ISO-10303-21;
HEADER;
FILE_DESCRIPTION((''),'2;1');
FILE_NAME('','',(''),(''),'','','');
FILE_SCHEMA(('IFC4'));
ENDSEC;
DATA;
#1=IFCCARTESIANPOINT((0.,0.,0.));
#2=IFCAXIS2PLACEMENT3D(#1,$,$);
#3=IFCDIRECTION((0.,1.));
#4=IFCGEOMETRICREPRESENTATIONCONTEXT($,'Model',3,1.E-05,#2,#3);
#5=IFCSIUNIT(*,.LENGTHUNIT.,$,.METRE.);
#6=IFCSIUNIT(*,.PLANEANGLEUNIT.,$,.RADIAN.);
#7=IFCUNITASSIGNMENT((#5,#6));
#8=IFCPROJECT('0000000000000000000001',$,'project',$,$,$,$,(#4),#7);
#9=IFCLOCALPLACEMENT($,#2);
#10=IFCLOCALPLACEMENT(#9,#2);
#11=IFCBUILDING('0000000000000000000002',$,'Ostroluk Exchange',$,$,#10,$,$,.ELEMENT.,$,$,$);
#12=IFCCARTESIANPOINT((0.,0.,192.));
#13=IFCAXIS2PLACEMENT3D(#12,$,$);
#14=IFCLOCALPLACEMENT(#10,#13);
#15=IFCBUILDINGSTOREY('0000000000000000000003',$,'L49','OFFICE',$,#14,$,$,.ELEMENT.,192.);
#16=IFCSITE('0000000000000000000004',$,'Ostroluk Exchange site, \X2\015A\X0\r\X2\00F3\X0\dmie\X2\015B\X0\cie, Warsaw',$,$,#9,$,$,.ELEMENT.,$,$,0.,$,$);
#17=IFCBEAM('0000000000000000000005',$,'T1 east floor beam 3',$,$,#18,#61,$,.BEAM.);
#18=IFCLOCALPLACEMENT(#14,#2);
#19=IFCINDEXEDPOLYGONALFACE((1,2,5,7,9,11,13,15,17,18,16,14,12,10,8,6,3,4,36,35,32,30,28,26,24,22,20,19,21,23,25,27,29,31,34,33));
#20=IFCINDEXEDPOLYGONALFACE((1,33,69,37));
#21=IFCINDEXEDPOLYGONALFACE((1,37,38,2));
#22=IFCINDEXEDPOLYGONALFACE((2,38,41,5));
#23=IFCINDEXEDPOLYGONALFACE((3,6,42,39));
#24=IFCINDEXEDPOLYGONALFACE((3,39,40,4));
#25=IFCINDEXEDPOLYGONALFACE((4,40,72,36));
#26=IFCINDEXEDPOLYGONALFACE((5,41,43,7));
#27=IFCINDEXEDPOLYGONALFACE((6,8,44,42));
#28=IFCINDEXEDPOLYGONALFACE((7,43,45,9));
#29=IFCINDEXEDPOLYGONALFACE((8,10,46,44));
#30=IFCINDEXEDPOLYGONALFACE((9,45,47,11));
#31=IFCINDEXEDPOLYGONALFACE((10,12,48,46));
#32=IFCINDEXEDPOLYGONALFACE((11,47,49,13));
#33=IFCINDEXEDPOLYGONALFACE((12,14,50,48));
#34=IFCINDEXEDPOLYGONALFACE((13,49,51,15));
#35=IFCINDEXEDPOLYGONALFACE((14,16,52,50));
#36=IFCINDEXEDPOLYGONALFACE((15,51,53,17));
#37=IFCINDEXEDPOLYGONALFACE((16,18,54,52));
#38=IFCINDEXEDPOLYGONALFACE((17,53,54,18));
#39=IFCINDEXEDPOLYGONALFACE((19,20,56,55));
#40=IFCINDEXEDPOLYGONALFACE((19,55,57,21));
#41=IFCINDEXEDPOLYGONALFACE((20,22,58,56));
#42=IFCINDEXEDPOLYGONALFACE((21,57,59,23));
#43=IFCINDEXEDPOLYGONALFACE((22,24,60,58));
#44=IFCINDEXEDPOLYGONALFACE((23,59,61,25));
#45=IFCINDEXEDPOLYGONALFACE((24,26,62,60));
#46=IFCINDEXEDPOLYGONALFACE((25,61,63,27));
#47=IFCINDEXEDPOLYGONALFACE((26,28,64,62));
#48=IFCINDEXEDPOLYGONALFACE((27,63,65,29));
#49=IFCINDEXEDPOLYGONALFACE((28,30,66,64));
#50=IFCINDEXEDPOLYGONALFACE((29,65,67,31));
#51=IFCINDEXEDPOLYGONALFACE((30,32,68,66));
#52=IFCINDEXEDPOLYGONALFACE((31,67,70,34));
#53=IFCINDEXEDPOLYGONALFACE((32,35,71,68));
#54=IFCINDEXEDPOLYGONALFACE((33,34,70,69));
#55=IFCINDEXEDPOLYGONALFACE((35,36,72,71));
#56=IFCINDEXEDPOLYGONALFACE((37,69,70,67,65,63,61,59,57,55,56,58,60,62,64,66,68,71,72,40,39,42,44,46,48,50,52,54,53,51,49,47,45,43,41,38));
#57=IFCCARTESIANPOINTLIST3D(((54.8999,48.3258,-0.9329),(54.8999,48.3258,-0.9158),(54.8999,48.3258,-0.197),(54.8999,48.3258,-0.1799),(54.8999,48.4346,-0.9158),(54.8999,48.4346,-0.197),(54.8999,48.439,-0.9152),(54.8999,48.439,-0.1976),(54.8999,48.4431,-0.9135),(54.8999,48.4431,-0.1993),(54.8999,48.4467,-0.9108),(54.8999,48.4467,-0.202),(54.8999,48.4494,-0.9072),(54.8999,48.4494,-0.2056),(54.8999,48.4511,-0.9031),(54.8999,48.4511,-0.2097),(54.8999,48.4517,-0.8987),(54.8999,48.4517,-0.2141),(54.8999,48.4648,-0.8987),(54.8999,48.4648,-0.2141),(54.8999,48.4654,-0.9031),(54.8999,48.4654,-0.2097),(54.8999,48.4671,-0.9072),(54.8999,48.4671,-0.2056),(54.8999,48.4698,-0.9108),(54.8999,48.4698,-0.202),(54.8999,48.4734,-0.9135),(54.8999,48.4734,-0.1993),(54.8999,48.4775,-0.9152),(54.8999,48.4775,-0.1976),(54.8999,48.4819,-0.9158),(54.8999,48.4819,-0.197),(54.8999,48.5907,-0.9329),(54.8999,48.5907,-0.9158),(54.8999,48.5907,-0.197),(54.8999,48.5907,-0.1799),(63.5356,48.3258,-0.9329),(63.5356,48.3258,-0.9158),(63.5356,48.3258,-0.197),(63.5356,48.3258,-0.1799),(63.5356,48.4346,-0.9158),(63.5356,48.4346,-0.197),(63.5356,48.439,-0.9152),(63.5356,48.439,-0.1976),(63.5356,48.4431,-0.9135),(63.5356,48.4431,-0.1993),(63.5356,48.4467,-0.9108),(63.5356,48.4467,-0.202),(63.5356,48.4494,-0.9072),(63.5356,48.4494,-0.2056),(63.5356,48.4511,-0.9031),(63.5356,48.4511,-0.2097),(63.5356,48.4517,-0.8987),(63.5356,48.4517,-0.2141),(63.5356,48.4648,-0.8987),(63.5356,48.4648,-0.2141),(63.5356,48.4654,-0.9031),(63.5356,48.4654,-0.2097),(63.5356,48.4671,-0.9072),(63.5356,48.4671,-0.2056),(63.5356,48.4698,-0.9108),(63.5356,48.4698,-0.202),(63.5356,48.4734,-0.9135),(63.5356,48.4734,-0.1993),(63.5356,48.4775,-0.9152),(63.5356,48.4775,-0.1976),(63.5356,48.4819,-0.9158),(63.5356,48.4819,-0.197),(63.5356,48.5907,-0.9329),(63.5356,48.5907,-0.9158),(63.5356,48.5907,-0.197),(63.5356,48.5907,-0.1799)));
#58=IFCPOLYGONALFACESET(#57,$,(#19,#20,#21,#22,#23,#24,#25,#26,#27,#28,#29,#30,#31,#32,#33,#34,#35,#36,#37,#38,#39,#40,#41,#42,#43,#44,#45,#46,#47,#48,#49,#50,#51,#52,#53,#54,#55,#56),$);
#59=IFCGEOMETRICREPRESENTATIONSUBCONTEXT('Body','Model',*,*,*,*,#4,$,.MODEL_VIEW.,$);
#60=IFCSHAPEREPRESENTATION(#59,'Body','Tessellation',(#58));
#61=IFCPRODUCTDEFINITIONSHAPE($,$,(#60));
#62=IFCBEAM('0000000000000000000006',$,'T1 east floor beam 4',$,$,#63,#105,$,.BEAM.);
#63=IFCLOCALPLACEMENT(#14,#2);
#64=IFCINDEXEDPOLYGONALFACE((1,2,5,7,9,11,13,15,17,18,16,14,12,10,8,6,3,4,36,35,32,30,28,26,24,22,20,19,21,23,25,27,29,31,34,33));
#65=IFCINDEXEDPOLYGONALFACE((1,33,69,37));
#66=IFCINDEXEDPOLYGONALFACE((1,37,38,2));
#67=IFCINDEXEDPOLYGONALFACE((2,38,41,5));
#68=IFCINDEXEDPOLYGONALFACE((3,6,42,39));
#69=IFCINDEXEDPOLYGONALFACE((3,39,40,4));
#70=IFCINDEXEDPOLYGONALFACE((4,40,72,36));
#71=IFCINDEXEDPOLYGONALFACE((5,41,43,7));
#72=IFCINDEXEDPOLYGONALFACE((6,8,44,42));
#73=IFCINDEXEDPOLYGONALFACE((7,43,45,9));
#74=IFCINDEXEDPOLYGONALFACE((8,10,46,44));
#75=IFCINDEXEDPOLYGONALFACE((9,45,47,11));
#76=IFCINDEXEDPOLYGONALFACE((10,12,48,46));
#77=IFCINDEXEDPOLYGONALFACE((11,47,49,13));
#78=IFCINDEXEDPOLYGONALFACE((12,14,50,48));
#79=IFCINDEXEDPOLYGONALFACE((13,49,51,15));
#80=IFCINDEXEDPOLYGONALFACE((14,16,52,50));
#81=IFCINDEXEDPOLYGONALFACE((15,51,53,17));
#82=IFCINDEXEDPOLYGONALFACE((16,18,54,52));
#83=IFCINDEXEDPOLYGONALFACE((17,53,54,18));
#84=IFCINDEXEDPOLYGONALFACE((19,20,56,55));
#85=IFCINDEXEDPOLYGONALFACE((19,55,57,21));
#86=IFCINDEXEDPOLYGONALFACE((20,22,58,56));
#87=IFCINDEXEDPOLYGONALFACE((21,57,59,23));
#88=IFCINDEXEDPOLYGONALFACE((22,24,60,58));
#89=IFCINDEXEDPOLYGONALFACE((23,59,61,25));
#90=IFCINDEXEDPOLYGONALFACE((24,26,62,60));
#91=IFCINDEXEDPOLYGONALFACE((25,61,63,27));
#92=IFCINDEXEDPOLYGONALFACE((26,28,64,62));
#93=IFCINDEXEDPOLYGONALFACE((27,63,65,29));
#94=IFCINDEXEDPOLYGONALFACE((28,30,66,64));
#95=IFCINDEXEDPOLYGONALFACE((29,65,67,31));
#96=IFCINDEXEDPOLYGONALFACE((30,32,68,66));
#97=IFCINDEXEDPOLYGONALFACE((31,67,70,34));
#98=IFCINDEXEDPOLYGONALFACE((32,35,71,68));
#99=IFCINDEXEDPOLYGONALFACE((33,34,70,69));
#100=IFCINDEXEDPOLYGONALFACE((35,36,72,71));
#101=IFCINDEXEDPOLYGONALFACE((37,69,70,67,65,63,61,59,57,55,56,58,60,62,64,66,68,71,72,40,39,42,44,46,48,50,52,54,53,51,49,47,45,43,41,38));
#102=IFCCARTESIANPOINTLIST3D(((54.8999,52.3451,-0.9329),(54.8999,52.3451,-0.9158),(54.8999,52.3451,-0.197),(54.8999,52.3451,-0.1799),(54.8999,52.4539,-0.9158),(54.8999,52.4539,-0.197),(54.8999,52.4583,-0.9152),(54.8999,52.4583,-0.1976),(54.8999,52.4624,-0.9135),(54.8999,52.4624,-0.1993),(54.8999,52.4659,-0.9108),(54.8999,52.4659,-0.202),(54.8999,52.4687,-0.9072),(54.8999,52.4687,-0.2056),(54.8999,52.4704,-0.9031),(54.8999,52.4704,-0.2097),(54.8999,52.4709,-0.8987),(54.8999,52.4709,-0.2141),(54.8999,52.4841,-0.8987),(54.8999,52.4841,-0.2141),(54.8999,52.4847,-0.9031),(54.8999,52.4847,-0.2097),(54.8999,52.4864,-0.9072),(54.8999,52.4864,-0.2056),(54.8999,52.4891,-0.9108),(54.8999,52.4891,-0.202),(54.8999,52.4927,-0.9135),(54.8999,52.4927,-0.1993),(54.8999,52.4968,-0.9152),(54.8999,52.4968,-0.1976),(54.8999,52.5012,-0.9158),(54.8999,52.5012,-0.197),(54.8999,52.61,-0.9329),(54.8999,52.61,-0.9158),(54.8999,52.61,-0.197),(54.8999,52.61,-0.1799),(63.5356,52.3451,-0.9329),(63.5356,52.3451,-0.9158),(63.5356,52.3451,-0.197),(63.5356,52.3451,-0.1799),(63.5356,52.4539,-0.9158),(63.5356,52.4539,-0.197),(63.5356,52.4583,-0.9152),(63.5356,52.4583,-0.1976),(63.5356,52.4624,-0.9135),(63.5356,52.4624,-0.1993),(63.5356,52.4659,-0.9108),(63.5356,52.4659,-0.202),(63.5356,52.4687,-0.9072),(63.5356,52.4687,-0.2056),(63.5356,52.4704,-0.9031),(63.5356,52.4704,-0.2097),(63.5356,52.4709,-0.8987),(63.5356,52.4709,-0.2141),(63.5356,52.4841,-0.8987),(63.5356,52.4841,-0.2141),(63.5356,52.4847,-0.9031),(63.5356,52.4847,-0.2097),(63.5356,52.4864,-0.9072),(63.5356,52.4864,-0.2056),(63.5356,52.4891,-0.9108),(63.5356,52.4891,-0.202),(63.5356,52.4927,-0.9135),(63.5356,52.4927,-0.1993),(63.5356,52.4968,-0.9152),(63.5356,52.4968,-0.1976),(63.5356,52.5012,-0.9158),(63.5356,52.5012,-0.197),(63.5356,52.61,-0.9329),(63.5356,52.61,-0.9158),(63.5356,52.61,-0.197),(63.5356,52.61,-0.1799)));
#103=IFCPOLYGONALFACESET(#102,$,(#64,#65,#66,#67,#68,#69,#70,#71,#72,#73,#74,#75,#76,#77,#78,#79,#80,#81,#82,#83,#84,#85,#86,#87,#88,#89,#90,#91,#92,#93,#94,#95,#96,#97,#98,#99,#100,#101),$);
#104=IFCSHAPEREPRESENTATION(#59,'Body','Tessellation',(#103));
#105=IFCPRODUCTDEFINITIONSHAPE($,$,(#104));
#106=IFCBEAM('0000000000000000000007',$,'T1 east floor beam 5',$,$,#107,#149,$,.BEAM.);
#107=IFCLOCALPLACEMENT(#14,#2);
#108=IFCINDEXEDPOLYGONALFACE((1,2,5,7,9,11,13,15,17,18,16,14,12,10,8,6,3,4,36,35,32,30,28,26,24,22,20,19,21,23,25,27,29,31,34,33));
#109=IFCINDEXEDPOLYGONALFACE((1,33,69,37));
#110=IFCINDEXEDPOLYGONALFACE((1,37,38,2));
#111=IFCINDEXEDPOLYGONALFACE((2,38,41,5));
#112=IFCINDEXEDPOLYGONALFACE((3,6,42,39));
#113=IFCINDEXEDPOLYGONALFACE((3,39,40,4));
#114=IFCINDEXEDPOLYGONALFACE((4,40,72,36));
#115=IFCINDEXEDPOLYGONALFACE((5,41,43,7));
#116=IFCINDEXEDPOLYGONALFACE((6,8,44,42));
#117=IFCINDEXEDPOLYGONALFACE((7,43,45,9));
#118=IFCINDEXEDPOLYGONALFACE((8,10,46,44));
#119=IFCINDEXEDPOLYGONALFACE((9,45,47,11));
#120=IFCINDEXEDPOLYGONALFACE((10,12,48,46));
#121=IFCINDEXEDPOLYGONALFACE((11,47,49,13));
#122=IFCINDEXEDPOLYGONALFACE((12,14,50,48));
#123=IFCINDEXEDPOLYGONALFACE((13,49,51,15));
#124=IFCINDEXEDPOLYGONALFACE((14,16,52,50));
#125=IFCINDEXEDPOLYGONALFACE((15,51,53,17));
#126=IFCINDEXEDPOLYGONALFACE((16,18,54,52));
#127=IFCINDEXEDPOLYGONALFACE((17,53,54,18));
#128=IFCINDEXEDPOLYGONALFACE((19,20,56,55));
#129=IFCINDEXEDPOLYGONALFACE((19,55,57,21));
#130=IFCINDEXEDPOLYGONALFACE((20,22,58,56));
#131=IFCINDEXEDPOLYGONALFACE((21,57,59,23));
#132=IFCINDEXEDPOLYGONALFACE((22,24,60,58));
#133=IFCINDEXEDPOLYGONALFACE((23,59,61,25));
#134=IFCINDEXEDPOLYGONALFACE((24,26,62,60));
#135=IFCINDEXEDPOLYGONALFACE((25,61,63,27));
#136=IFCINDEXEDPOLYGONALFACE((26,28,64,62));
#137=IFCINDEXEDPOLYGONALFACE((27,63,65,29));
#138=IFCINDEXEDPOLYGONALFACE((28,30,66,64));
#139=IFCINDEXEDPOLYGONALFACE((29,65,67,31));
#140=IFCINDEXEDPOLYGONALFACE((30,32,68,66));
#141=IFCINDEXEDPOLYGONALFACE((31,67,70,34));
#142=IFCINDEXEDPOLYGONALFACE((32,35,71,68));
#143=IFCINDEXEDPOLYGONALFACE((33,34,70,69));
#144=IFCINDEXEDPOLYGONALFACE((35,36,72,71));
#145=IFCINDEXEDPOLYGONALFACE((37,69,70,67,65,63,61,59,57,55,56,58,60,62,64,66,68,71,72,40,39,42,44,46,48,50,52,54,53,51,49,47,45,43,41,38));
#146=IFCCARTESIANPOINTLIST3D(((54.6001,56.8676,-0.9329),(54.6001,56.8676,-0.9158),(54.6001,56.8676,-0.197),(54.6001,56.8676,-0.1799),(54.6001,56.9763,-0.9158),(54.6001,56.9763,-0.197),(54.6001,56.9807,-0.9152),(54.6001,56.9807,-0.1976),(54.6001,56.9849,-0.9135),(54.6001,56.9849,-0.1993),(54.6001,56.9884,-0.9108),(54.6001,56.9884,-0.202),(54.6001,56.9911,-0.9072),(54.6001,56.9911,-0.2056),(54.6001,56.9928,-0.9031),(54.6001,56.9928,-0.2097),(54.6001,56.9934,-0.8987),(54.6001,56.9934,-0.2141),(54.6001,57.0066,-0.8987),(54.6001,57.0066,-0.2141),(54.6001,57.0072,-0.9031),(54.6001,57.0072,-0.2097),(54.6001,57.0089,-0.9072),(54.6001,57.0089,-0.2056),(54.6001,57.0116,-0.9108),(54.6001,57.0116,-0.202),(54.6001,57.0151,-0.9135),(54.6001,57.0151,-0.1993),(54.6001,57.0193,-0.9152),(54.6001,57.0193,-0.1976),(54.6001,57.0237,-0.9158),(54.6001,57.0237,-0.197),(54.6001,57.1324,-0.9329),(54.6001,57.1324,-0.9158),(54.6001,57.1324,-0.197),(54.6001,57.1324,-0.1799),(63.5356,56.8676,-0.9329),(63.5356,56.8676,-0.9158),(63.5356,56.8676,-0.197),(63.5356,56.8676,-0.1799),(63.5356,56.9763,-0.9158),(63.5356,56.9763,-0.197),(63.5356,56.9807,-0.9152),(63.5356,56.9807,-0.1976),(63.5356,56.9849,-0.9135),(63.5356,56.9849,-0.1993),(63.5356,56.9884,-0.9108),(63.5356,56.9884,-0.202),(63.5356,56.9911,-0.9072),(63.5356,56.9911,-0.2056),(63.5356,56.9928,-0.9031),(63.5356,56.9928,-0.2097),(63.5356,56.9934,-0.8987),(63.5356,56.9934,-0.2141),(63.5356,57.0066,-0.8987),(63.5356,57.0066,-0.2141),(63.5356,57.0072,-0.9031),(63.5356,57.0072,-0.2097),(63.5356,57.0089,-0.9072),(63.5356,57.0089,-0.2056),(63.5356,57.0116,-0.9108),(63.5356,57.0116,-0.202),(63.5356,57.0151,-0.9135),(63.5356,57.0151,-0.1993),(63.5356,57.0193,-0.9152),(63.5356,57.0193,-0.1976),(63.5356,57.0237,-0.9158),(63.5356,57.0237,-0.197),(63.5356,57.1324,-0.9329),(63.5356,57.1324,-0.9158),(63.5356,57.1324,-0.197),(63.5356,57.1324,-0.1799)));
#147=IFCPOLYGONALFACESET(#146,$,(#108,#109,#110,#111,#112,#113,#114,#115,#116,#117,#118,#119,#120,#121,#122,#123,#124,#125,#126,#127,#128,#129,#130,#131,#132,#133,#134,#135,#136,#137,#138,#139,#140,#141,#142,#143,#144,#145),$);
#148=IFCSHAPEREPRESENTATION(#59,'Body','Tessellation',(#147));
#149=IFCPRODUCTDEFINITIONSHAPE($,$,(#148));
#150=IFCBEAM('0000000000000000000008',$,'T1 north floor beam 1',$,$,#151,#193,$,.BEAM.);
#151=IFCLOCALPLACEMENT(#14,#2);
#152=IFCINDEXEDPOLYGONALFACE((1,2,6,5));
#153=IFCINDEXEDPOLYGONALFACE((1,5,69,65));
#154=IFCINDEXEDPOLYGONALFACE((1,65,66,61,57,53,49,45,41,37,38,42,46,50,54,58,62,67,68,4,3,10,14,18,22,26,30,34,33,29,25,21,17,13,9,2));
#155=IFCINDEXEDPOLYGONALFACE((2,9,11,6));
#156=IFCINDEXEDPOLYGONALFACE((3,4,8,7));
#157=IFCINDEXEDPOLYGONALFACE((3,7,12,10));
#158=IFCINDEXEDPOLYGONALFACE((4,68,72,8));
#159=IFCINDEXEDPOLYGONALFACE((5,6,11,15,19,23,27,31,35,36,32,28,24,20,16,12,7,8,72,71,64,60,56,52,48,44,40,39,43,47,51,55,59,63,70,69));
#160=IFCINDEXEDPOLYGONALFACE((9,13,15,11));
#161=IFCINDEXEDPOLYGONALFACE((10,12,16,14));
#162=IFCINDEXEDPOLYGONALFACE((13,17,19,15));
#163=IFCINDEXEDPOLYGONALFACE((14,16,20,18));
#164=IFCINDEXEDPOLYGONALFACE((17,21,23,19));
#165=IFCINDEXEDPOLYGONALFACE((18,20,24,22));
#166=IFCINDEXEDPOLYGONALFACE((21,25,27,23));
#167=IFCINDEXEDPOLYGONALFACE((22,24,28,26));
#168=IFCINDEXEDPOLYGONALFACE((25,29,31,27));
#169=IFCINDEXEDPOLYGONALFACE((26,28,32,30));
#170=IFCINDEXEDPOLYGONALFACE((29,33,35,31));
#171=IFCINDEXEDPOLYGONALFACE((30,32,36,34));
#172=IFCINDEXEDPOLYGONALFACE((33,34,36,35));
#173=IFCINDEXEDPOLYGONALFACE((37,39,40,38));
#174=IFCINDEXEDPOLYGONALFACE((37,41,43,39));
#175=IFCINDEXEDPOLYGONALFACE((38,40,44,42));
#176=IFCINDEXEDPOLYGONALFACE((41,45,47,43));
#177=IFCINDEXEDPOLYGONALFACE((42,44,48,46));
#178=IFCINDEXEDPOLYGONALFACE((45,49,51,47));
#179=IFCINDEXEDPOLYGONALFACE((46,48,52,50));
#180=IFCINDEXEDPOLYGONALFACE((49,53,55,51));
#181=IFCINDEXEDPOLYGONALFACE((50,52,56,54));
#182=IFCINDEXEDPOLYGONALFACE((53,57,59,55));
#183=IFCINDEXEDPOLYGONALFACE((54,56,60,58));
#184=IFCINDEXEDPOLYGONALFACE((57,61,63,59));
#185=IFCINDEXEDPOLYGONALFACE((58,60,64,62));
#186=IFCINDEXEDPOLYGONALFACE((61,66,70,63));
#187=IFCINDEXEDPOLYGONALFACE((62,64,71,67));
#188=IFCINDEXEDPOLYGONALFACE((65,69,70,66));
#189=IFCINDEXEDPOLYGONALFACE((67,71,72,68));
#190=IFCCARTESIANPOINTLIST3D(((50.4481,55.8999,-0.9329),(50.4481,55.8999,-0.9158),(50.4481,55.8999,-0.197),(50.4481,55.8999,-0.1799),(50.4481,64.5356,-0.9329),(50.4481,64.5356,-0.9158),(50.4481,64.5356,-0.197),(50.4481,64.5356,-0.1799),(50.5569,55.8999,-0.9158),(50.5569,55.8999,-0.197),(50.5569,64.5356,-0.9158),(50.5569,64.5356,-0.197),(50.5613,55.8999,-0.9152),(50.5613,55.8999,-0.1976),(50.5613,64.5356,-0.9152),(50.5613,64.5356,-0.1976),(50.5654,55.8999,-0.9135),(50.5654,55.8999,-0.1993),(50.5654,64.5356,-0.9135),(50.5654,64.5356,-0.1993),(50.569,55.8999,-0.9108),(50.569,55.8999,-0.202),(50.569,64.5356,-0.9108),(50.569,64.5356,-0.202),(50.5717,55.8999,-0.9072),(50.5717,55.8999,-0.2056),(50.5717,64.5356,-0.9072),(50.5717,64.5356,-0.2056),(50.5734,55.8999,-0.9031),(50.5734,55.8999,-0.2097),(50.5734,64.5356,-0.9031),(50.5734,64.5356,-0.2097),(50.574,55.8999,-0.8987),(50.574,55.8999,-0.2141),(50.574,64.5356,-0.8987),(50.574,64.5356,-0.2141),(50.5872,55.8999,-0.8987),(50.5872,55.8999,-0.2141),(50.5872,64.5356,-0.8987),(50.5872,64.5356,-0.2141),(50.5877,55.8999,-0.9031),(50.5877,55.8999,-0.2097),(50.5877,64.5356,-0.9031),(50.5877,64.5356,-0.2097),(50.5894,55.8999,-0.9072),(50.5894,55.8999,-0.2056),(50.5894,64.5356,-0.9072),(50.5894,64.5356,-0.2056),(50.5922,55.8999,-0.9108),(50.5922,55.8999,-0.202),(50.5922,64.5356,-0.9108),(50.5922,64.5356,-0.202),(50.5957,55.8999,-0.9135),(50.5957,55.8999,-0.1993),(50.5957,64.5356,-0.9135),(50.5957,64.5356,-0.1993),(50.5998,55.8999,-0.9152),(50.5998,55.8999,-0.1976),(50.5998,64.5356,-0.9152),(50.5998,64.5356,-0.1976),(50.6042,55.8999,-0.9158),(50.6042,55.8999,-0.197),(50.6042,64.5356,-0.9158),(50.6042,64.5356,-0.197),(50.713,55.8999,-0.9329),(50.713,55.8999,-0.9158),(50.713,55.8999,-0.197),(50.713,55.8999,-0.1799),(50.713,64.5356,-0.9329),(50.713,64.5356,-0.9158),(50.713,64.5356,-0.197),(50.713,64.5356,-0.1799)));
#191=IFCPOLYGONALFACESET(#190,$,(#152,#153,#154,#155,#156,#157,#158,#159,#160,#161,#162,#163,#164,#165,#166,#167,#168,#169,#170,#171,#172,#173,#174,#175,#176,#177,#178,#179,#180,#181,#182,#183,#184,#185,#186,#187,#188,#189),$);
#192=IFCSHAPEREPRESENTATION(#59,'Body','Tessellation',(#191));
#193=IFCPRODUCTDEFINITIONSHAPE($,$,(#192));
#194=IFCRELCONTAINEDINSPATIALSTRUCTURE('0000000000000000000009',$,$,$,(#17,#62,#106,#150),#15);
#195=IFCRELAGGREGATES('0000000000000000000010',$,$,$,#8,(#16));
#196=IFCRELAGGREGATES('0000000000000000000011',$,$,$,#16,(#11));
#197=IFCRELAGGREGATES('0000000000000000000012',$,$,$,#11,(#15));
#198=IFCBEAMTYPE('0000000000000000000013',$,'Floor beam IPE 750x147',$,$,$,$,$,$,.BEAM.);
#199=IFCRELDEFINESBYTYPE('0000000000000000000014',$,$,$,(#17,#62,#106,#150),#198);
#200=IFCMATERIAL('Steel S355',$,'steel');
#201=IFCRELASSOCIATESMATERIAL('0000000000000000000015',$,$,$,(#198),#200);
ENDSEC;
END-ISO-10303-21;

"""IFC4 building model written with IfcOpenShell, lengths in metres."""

from ifc_helpers import new_model, si_unit, direction, frame, origin, origin_2d, place, context, subcontext, project, spatial, i_section, extrude, material, material_profile, profile_set, type_object, element, save


model = new_model("IFC4")

# Units and contexts
model_context = context("Model", 3, precision=1e-05, world=origin(), true_north=direction((0.0, 1.0)))
body_context = subcontext(model_context, "Body", "Model", "MODEL_VIEW")
ifc_project = project(units=[si_unit("LENGTHUNIT", "METRE"), si_unit("PLANEANGLEUNIT", "RADIAN")], contexts=[model_context])

# Site, building, storey
site_placement = place(None, origin())
site = spatial("IfcSite", under=ifc_project, at=site_placement, Name="Ostroluk Exchange site, Śródmieście, Warsaw", CompositionType="ELEMENT", RefElevation=0.0)
building_placement = place(site_placement, origin())
building = spatial("IfcBuilding", under=site, at=building_placement, Name="Ostroluk Exchange", CompositionType="ELEMENT")
storey_placement = place(building_placement, frame((0.0, 0.0, 192.0)))
storey = spatial("IfcBuildingStorey", under=building, at=storey_placement, Name="L49", Description="OFFICE", CompositionType="ELEMENT", Elevation=192.0)

# Beams
ifc_material_1 = material(Name="Steel S355", Category="steel")
ifc_material_profile_1 = material_profile(ifc_material_1, i_section(OverallWidth=0.2649, OverallDepth=0.7529, WebThickness=0.0132, FlangeThickness=0.0171, FilletRadius=0.0171, at=origin_2d()), Name="IPE 750x147")
ifc_profile_set_1 = profile_set([ifc_material_profile_1], Name="Steel S355")
beam_type_1 = type_object("IfcBeamType", Name="Floor beam IPE 750x147", PredefinedType="BEAM", material=ifc_profile_set_1)
for number, where, z_axis, x_axis, name in (
    (1, (54.8999, 48.4583, -0.5564), (1.0, 0.0, 0.0), (0.0, 1.0, 0.0), "T1 east floor beam 3"),
    (2, (54.8999, 52.4775, -0.5564), (1.0, 0.0, 0.0), (0.0, 1.0, 0.0), "T1 east floor beam 4"),
):
    element("IfcBeam", number, at=place(storey_placement, frame(where, z_axis=z_axis, x_axis=x_axis)), inside=storey, type_object=beam_type_1, Name=name, PredefinedType="BEAM", context=body_context, shape_type="SweptSolid", body=[
        extrude(i_section(OverallWidth=0.2649, OverallDepth=0.7529, WebThickness=0.0132, FlangeThickness=0.0171, FilletRadius=0.0171, at=origin_2d()), origin(), (0.0, 0.0, 1.0), 8.6357),
    ])
beam_1_placement = place(storey_placement, frame((54.6001, 57.0, -0.5564), z_axis=(1.0, 0.0, 0.0), x_axis=(0.0, 1.0, 0.0)))
element("IfcBeam", 3, at=beam_1_placement, inside=storey, type_object=beam_type_1, Name="T1 east floor beam 5", PredefinedType="BEAM", context=body_context, shape_type="SweptSolid", body=[
    extrude(i_section(OverallWidth=0.2649, OverallDepth=0.7529, WebThickness=0.0132, FlangeThickness=0.0171, FilletRadius=0.0171, at=origin_2d()), origin(), (0.0, 0.0, 1.0), 8.9355),
])
for number, where, z_axis, x_axis, name in (
    (4, (50.5806, 55.8999, -0.5564), (0.0, 1.0, 0.0), (-1.0, 0.0, 0.0), "T1 north floor beam 1"),
):
    element("IfcBeam", number, at=place(storey_placement, frame(where, z_axis=z_axis, x_axis=x_axis)), inside=storey, type_object=beam_type_1, Name=name, PredefinedType="BEAM", context=body_context, shape_type="SweptSolid", body=[
        extrude(i_section(OverallWidth=0.2649, OverallDepth=0.7529, WebThickness=0.0132, FlangeThickness=0.0171, FilletRadius=0.0171, at=origin_2d()), origin(), (0.0, 0.0, 1.0), 8.6357),
    ])

save(model, "model.ifc")
